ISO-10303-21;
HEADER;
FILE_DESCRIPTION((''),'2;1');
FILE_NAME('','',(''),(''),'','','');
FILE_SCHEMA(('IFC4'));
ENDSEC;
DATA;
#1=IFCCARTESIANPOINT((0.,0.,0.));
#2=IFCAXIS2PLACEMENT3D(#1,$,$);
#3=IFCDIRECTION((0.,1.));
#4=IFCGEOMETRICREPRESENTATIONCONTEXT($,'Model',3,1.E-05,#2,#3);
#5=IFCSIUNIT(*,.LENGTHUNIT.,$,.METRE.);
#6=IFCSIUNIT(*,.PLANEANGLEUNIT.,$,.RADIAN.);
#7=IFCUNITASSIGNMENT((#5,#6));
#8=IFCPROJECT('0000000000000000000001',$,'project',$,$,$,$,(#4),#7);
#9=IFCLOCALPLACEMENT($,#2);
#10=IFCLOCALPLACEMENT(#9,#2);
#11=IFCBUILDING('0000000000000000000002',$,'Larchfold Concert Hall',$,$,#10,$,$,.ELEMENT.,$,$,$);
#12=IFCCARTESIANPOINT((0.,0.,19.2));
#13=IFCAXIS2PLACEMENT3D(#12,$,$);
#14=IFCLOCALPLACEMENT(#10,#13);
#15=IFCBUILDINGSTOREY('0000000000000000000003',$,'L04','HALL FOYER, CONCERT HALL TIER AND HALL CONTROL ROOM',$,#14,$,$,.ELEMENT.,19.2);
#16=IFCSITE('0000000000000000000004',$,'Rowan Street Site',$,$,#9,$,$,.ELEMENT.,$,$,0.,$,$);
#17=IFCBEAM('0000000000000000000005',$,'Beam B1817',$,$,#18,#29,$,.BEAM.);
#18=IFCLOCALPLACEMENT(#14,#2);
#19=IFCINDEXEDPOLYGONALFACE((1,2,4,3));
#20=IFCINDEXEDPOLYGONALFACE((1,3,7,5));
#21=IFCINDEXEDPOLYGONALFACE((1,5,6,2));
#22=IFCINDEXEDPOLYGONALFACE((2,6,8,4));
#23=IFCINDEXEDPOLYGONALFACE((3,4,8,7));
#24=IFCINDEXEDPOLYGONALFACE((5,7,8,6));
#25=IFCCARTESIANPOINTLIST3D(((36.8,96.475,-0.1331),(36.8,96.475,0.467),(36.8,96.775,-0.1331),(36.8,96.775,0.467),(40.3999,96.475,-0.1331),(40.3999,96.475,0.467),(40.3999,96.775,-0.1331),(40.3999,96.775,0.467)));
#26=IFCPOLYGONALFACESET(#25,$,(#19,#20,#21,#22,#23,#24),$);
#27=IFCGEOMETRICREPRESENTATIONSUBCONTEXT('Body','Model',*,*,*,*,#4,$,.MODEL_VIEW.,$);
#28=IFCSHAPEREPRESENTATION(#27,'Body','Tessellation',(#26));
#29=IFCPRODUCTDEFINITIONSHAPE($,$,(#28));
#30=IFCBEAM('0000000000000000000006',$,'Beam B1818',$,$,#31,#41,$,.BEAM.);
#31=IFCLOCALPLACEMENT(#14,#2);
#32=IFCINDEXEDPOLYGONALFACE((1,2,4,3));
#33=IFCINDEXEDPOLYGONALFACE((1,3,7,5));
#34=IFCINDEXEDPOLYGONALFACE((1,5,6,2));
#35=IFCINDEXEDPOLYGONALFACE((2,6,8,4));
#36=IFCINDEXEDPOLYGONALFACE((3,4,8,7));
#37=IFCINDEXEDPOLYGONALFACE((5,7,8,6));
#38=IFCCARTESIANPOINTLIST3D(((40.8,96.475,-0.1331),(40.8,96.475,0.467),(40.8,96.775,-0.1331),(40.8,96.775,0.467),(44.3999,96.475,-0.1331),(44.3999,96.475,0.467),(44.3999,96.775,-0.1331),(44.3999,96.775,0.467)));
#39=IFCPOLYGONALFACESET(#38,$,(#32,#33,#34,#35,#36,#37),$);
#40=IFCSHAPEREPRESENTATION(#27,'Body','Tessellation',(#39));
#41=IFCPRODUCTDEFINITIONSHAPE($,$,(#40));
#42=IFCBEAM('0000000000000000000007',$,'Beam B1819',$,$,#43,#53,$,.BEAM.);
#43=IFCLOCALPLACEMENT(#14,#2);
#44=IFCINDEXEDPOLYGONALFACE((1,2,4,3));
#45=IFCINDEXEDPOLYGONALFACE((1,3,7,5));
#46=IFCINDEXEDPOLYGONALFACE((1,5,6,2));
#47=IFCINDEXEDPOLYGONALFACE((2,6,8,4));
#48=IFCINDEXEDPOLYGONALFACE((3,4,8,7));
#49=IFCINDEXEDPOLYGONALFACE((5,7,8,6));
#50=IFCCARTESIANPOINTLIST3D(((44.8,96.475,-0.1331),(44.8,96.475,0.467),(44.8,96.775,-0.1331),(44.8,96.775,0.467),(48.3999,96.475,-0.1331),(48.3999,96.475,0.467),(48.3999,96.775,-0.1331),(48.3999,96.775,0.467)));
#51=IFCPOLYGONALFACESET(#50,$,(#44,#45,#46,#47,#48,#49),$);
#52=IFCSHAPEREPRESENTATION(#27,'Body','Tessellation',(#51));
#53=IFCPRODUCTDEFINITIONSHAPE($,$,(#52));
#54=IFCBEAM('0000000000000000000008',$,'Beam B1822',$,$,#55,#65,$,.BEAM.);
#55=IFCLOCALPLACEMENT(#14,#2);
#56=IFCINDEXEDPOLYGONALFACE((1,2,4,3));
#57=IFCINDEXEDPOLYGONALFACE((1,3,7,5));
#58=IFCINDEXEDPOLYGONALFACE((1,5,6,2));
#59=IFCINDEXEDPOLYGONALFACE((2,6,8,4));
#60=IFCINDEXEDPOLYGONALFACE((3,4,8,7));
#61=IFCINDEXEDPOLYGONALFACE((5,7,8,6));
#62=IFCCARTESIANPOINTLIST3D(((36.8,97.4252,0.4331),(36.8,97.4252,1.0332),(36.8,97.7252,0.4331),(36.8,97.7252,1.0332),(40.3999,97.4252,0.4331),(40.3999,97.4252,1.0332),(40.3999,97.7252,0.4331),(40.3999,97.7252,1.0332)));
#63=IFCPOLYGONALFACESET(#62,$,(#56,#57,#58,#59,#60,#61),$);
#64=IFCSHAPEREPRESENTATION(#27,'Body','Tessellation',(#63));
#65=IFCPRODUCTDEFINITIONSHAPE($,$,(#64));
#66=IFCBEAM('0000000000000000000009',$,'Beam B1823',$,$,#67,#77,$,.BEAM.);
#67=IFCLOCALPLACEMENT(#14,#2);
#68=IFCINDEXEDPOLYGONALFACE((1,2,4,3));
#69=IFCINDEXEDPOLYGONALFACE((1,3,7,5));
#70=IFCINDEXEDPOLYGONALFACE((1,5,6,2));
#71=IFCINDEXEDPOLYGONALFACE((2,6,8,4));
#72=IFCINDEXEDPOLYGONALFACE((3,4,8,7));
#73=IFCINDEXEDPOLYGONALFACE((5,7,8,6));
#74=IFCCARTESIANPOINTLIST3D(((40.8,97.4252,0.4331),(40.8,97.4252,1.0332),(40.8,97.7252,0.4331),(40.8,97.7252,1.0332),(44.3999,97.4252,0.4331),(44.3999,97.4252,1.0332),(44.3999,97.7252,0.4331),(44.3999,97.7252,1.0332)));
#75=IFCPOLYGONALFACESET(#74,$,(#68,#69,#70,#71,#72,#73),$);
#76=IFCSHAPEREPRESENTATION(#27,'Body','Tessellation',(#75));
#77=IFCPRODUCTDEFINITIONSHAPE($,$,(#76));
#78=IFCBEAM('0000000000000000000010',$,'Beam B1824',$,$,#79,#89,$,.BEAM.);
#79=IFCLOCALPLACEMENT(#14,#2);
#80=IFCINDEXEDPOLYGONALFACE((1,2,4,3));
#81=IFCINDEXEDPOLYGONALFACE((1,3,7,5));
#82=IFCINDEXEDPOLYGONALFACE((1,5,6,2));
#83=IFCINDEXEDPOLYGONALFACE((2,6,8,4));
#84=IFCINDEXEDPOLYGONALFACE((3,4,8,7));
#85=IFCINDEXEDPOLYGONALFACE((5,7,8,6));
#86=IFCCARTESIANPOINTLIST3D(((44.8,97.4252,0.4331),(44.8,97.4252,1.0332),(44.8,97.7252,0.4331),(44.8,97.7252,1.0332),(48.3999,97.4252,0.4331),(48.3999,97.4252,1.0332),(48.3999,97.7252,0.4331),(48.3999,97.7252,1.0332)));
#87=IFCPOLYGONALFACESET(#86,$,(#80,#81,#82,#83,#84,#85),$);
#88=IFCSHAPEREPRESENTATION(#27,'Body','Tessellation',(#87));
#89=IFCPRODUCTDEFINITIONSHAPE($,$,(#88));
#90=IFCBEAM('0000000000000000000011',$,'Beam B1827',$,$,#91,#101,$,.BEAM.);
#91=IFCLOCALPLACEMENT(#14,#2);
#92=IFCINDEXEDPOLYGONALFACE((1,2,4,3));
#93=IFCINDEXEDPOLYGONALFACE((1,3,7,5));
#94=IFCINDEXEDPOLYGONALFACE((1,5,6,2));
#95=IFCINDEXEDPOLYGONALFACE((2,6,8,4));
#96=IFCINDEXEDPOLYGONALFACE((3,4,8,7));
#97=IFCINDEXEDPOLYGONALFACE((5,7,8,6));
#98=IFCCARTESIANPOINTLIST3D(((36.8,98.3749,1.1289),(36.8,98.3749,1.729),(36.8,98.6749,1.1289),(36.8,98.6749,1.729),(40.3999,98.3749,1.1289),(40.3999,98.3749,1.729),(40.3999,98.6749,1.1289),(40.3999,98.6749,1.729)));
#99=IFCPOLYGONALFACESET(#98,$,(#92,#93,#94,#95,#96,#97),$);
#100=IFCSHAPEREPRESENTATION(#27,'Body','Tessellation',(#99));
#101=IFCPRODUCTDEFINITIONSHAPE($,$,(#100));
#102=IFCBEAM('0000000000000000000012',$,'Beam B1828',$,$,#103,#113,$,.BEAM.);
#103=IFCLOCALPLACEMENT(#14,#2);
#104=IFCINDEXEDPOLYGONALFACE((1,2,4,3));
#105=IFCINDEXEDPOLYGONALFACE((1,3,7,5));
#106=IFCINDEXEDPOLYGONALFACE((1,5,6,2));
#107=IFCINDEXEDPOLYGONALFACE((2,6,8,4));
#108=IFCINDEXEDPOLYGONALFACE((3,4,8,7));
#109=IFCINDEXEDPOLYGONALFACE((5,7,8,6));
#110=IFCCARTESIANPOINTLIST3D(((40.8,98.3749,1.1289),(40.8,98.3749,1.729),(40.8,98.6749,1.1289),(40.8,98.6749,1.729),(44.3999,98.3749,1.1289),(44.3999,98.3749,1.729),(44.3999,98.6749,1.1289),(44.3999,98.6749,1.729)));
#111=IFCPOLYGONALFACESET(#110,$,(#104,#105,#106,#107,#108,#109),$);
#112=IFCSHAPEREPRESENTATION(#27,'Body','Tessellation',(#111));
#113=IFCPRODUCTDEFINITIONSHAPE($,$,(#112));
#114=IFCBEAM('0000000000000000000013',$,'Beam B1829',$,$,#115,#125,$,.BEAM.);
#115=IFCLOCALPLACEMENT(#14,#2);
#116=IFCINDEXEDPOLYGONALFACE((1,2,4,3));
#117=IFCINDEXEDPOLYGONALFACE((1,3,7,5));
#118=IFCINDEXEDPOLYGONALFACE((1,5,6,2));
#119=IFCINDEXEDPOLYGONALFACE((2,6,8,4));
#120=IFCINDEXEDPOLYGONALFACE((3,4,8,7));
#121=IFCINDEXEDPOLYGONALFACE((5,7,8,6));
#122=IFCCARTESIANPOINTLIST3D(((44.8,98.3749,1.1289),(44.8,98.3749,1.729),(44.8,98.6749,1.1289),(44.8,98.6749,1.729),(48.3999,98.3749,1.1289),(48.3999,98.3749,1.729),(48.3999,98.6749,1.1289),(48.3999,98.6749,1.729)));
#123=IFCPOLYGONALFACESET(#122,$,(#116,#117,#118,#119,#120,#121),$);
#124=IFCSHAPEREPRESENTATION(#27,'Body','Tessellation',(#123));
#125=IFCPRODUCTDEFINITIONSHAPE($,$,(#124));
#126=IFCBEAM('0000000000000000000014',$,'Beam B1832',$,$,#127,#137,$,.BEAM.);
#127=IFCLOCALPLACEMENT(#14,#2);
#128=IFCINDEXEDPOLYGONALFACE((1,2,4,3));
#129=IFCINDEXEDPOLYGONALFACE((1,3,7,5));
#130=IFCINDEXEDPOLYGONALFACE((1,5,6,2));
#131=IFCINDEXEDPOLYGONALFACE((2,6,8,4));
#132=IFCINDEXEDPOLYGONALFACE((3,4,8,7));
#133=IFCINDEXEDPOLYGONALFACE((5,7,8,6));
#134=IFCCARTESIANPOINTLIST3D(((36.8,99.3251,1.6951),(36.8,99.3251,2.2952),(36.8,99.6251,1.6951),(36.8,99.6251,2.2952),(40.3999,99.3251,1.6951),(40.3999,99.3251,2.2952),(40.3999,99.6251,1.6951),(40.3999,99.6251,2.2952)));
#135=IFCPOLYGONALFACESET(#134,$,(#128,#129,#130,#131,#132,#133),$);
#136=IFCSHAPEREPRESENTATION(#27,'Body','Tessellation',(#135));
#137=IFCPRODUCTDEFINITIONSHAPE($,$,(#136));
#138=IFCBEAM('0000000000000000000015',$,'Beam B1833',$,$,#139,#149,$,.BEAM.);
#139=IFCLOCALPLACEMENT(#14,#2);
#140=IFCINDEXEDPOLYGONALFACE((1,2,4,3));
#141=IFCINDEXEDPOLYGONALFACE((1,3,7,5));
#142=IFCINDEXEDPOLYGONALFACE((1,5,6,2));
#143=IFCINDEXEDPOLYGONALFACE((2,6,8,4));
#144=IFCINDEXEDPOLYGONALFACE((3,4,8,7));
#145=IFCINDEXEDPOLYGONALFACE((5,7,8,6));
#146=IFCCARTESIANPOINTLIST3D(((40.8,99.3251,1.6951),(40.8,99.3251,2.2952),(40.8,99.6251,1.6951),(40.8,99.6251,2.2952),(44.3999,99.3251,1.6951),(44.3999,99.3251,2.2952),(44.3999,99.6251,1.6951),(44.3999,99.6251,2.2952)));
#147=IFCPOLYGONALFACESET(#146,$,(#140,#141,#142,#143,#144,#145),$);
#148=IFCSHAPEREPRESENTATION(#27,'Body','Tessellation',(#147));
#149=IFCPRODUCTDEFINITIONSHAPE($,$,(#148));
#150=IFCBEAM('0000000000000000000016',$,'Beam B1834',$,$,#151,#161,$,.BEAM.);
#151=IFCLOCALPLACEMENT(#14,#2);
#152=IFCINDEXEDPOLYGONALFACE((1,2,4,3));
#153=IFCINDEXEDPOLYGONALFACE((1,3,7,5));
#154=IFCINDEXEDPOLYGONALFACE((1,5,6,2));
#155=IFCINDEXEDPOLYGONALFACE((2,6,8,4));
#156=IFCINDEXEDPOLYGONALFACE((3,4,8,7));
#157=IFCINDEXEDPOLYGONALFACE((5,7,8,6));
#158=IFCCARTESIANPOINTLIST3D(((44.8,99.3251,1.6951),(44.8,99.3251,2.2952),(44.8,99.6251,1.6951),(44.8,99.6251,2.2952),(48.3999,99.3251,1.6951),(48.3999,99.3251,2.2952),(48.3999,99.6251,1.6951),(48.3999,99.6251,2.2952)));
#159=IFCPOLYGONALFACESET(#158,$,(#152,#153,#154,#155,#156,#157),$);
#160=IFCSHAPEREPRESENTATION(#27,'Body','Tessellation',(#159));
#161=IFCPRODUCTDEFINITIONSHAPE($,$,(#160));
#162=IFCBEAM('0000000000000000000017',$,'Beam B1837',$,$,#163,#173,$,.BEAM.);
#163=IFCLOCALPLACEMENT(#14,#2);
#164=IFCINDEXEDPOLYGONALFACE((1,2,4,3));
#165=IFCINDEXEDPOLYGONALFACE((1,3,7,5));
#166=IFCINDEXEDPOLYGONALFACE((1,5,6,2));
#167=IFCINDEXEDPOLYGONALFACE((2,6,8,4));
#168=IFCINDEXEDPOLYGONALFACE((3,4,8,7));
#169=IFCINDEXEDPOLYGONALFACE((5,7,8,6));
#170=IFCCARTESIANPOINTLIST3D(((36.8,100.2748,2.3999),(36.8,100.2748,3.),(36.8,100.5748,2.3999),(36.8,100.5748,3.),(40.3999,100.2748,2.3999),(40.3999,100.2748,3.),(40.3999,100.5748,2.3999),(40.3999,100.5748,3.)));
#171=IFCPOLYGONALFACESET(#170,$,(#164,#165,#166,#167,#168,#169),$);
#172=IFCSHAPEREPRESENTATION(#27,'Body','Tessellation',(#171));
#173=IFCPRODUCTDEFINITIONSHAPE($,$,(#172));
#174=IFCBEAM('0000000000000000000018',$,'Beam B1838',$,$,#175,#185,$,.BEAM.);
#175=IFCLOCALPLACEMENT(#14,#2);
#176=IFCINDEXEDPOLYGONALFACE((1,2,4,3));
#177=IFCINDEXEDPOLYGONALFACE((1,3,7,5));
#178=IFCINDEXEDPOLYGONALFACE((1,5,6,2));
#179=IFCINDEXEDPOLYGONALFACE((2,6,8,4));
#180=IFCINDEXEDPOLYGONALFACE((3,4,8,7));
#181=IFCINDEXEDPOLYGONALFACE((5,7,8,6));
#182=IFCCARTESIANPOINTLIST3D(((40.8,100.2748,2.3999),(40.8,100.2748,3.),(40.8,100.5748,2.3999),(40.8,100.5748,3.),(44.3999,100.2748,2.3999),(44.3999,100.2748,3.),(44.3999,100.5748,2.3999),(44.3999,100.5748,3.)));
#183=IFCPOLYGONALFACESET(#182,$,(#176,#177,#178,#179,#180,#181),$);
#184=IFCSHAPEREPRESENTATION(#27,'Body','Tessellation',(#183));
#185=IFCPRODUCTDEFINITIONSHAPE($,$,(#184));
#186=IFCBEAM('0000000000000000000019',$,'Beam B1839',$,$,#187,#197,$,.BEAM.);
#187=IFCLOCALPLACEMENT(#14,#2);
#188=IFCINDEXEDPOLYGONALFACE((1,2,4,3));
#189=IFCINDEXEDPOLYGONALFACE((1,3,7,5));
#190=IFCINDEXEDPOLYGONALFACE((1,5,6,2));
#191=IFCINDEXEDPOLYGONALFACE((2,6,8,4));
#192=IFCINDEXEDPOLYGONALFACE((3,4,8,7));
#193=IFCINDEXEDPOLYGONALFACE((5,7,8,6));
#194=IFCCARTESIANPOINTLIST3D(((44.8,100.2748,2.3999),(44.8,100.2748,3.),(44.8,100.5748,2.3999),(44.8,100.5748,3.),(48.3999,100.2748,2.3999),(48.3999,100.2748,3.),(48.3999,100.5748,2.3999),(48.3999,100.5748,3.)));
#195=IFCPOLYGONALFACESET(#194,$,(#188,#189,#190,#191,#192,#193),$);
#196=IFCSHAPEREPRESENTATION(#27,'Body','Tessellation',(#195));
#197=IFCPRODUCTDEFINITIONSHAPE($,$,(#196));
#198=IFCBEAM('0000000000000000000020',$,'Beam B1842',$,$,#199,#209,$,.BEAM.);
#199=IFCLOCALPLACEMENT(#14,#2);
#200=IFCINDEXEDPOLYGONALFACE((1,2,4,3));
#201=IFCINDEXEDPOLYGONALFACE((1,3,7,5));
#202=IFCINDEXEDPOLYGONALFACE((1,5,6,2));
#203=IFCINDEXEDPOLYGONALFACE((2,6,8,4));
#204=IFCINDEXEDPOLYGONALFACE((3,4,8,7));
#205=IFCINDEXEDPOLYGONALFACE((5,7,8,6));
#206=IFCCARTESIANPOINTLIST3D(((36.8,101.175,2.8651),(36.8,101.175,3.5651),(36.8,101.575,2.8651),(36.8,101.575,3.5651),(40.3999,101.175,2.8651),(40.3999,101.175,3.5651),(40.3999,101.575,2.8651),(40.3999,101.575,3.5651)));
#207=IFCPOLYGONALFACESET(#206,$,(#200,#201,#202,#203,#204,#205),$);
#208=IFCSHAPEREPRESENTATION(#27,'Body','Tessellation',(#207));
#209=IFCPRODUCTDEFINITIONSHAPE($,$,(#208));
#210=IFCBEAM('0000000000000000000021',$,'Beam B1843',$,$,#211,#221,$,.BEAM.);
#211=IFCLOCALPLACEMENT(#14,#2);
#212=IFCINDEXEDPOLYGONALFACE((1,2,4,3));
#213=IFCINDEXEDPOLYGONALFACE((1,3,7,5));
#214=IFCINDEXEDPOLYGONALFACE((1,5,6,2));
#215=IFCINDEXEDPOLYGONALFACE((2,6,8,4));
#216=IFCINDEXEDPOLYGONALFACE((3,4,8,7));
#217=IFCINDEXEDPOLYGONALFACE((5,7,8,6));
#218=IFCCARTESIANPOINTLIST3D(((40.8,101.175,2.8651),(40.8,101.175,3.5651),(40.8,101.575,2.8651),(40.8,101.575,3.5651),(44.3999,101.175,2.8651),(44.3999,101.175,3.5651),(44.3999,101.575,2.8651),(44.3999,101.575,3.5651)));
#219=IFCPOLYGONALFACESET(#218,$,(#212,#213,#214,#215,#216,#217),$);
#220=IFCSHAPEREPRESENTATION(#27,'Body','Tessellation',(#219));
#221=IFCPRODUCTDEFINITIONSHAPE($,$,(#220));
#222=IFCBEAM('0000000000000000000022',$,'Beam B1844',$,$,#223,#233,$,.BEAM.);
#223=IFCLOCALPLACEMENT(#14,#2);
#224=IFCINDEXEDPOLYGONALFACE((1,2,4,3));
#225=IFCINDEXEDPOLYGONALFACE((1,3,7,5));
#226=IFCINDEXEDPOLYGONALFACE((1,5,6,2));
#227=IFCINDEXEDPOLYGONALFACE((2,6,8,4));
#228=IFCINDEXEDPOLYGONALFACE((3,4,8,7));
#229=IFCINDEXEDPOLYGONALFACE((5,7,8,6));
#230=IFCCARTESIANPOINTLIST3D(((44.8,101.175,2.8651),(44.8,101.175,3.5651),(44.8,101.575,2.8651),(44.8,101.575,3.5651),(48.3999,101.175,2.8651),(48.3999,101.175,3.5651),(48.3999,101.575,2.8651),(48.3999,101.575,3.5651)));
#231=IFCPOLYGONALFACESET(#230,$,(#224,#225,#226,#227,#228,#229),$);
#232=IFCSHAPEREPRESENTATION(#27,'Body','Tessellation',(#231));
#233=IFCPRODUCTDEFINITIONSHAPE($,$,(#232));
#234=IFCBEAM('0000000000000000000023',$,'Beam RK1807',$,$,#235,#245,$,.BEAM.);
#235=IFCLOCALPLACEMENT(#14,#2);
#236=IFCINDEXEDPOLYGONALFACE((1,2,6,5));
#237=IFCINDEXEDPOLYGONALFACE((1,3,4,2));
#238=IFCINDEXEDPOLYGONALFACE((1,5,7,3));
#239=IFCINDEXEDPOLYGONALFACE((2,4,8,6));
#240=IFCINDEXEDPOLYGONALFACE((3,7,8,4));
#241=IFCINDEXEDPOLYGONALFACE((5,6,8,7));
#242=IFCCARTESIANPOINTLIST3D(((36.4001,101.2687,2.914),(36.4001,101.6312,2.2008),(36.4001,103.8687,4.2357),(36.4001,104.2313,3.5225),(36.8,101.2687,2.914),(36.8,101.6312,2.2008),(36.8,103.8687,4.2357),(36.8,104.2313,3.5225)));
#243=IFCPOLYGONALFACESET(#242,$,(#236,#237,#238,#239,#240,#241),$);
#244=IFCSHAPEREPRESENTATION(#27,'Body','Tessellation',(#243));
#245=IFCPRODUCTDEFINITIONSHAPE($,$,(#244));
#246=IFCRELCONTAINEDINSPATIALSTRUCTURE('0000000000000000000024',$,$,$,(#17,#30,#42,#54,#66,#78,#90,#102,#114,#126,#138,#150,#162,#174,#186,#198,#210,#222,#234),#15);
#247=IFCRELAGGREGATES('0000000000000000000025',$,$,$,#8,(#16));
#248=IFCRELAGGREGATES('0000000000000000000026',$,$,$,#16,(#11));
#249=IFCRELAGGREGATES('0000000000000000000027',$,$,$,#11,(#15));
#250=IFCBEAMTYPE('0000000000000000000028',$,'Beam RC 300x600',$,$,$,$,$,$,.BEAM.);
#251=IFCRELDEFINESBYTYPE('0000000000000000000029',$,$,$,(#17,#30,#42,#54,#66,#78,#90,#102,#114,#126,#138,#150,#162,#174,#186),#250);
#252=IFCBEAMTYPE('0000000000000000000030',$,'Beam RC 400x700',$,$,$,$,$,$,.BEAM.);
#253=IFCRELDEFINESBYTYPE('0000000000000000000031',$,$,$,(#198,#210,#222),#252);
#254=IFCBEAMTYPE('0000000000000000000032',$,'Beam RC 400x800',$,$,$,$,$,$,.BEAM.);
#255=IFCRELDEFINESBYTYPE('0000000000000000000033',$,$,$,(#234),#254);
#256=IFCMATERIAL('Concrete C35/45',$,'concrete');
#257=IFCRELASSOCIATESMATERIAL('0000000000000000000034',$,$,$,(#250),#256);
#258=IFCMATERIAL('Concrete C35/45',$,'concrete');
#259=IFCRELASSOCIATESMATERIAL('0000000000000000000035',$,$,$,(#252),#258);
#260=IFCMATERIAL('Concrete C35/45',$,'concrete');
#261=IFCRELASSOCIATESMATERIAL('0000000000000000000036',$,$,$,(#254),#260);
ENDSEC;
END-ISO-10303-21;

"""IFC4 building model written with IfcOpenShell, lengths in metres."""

from ifc_helpers import new_model, si_unit, direction, frame, origin, origin_2d, place, context, subcontext, project, spatial, rectangle, extrude, material, material_profile, profile_set, type_object, element, save


model = new_model("IFC4")

# Units and contexts
model_context = context("Model", 3, precision=1e-05, world=origin(), true_north=direction((0.0, 1.0)))
body_context = subcontext(model_context, "Body", "Model", "MODEL_VIEW")
ifc_project = project(units=[si_unit("LENGTHUNIT", "METRE"), si_unit("PLANEANGLEUNIT", "RADIAN")], contexts=[model_context])

# Site, building, storey
site_placement = place(None, origin())
site = spatial("IfcSite", under=ifc_project, at=site_placement, Name="Rowan Street Site", CompositionType="ELEMENT", RefElevation=0.0)
building_placement = place(site_placement, origin())
building = spatial("IfcBuilding", under=site, at=building_placement, Name="Larchfold Concert Hall", CompositionType="ELEMENT")
storey_placement = place(building_placement, frame((0.0, 0.0, 19.2)))
storey = spatial("IfcBuildingStorey", under=building, at=storey_placement, Name="L04", Description="HALL FOYER, CONCERT HALL TIER AND HALL CONTROL ROOM", CompositionType="ELEMENT", Elevation=19.2)

# Beams
ifc_material_1 = material(Name="Concrete C35/45", Category="concrete")
ifc_material_profile_1 = material_profile(ifc_material_1, rectangle(XDim=0.3, YDim=0.6001, at=origin_2d()))
ifc_profile_set_1 = profile_set([ifc_material_profile_1], Name="Concrete C35/45")
beam_type_1 = type_object("IfcBeamType", Name="Beam RC 300x600", PredefinedType="BEAM", material=ifc_profile_set_1)
for number, where, z_axis, x_axis, name in (
    (1, (36.8, 96.625, 0.167), (1.0, 0.0, 0.0), (0.0, 1.0, 0.0), "Beam B1817"),
    (2, (40.8, 96.625, 0.167), (1.0, 0.0, 0.0), (0.0, 1.0, 0.0), "Beam B1818"),
    (3, (44.8, 96.625, 0.167), (1.0, 0.0, 0.0), (0.0, 1.0, 0.0), "Beam B1819"),
    (4, (36.8, 97.5752, 0.7332), (1.0, 0.0, 0.0), (0.0, 1.0, 0.0), "Beam B1822"),
    (5, (40.8, 97.5752, 0.7332), (1.0, 0.0, 0.0), (0.0, 1.0, 0.0), "Beam B1823"),
    (6, (44.8, 97.5752, 0.7332), (1.0, 0.0, 0.0), (0.0, 1.0, 0.0), "Beam B1824"),
    (7, (36.8, 98.5249, 1.429), (1.0, 0.0, 0.0), (0.0, 1.0, 0.0), "Beam B1827"),
    (8, (40.8, 98.5249, 1.429), (1.0, 0.0, 0.0), (0.0, 1.0, 0.0), "Beam B1828"),
    (9, (44.8, 98.5249, 1.429), (1.0, 0.0, 0.0), (0.0, 1.0, 0.0), "Beam B1829"),
    (10, (36.8, 99.4751, 1.9951), (1.0, 0.0, 0.0), (0.0, 1.0, 0.0), "Beam B1832"),
    (11, (40.8, 99.4751, 1.9951), (1.0, 0.0, 0.0), (0.0, 1.0, 0.0), "Beam B1833"),
    (12, (44.8, 99.4751, 1.9951), (1.0, 0.0, 0.0), (0.0, 1.0, 0.0), "Beam B1834"),
    (13, (36.8, 100.4248, 2.7), (1.0, 0.0, 0.0), (0.0, 1.0, 0.0), "Beam B1837"),
    (14, (40.8, 100.4248, 2.7), (1.0, 0.0, 0.0), (0.0, 1.0, 0.0), "Beam B1838"),
    (15, (44.8, 100.4248, 2.7), (1.0, 0.0, 0.0), (0.0, 1.0, 0.0), "Beam B1839"),
):
    element("IfcBeam", number, at=place(storey_placement, frame(where, z_axis=z_axis, x_axis=x_axis)), inside=storey, type_object=beam_type_1, Name=name, PredefinedType="BEAM", context=body_context, shape_type="SweptSolid", body=[
        extrude(rectangle(XDim=0.3, YDim=0.6001, at=origin_2d()), origin(), (0.0, 0.0, 1.0), 3.5999),
    ])
ifc_material_2 = material(Name="Concrete C35/45", Category="concrete")
ifc_material_profile_2 = material_profile(ifc_material_2, rectangle(XDim=0.3999, YDim=0.7, at=origin_2d()))
ifc_profile_set_2 = profile_set([ifc_material_profile_2], Name="Concrete C35/45")
beam_type_2 = type_object("IfcBeamType", Name="Beam RC 400x700", PredefinedType="BEAM", material=ifc_profile_set_2)
for number, where, z_axis, x_axis, name in (
    (16, (36.8, 101.375, 3.2151), (1.0, 0.0, 0.0), (0.0, 1.0, 0.0), "Beam B1842"),
    (17, (40.8, 101.375, 3.2151), (1.0, 0.0, 0.0), (0.0, 1.0, 0.0), "Beam B1843"),
    (18, (44.8, 101.375, 3.2151), (1.0, 0.0, 0.0), (0.0, 1.0, 0.0), "Beam B1844"),
):
    element("IfcBeam", number, at=place(storey_placement, frame(where, z_axis=z_axis, x_axis=x_axis)), inside=storey, type_object=beam_type_2, Name=name, PredefinedType="BEAM", context=body_context, shape_type="SweptSolid", body=[
        extrude(rectangle(XDim=0.3999, YDim=0.7, at=origin_2d()), origin(), (0.0, 0.0, 1.0), 3.5999),
    ])
ifc_material_3 = material(Name="Concrete C35/45", Category="concrete")
ifc_material_profile_3 = material_profile(ifc_material_3, rectangle(XDim=0.3999, YDim=0.8, at=origin_2d()))
ifc_profile_set_3 = profile_set([ifc_material_profile_3], Name="Concrete C35/45")
beam_type_3 = type_object("IfcBeamType", Name="Beam RC 400x800", PredefinedType="BEAM", material=ifc_profile_set_3)
for number, where, z_axis, x_axis, name in (
    (19, (36.6001, 101.45, 2.5574), (0.0, 0.891428, 0.453163), (-1.0, 0.0, 0.0), "Beam RK1807"),
):
    element("IfcBeam", number, at=place(storey_placement, frame(where, z_axis=z_axis, x_axis=x_axis)), inside=storey, type_object=beam_type_3, Name=name, PredefinedType="BEAM", context=body_context, shape_type="SweptSolid", body=[
        extrude(rectangle(XDim=0.3999, YDim=0.8, at=origin_2d()), origin(), (0.0, 0.0, 1.0), 2.9167),
    ])

save(model, "model.ifc")
